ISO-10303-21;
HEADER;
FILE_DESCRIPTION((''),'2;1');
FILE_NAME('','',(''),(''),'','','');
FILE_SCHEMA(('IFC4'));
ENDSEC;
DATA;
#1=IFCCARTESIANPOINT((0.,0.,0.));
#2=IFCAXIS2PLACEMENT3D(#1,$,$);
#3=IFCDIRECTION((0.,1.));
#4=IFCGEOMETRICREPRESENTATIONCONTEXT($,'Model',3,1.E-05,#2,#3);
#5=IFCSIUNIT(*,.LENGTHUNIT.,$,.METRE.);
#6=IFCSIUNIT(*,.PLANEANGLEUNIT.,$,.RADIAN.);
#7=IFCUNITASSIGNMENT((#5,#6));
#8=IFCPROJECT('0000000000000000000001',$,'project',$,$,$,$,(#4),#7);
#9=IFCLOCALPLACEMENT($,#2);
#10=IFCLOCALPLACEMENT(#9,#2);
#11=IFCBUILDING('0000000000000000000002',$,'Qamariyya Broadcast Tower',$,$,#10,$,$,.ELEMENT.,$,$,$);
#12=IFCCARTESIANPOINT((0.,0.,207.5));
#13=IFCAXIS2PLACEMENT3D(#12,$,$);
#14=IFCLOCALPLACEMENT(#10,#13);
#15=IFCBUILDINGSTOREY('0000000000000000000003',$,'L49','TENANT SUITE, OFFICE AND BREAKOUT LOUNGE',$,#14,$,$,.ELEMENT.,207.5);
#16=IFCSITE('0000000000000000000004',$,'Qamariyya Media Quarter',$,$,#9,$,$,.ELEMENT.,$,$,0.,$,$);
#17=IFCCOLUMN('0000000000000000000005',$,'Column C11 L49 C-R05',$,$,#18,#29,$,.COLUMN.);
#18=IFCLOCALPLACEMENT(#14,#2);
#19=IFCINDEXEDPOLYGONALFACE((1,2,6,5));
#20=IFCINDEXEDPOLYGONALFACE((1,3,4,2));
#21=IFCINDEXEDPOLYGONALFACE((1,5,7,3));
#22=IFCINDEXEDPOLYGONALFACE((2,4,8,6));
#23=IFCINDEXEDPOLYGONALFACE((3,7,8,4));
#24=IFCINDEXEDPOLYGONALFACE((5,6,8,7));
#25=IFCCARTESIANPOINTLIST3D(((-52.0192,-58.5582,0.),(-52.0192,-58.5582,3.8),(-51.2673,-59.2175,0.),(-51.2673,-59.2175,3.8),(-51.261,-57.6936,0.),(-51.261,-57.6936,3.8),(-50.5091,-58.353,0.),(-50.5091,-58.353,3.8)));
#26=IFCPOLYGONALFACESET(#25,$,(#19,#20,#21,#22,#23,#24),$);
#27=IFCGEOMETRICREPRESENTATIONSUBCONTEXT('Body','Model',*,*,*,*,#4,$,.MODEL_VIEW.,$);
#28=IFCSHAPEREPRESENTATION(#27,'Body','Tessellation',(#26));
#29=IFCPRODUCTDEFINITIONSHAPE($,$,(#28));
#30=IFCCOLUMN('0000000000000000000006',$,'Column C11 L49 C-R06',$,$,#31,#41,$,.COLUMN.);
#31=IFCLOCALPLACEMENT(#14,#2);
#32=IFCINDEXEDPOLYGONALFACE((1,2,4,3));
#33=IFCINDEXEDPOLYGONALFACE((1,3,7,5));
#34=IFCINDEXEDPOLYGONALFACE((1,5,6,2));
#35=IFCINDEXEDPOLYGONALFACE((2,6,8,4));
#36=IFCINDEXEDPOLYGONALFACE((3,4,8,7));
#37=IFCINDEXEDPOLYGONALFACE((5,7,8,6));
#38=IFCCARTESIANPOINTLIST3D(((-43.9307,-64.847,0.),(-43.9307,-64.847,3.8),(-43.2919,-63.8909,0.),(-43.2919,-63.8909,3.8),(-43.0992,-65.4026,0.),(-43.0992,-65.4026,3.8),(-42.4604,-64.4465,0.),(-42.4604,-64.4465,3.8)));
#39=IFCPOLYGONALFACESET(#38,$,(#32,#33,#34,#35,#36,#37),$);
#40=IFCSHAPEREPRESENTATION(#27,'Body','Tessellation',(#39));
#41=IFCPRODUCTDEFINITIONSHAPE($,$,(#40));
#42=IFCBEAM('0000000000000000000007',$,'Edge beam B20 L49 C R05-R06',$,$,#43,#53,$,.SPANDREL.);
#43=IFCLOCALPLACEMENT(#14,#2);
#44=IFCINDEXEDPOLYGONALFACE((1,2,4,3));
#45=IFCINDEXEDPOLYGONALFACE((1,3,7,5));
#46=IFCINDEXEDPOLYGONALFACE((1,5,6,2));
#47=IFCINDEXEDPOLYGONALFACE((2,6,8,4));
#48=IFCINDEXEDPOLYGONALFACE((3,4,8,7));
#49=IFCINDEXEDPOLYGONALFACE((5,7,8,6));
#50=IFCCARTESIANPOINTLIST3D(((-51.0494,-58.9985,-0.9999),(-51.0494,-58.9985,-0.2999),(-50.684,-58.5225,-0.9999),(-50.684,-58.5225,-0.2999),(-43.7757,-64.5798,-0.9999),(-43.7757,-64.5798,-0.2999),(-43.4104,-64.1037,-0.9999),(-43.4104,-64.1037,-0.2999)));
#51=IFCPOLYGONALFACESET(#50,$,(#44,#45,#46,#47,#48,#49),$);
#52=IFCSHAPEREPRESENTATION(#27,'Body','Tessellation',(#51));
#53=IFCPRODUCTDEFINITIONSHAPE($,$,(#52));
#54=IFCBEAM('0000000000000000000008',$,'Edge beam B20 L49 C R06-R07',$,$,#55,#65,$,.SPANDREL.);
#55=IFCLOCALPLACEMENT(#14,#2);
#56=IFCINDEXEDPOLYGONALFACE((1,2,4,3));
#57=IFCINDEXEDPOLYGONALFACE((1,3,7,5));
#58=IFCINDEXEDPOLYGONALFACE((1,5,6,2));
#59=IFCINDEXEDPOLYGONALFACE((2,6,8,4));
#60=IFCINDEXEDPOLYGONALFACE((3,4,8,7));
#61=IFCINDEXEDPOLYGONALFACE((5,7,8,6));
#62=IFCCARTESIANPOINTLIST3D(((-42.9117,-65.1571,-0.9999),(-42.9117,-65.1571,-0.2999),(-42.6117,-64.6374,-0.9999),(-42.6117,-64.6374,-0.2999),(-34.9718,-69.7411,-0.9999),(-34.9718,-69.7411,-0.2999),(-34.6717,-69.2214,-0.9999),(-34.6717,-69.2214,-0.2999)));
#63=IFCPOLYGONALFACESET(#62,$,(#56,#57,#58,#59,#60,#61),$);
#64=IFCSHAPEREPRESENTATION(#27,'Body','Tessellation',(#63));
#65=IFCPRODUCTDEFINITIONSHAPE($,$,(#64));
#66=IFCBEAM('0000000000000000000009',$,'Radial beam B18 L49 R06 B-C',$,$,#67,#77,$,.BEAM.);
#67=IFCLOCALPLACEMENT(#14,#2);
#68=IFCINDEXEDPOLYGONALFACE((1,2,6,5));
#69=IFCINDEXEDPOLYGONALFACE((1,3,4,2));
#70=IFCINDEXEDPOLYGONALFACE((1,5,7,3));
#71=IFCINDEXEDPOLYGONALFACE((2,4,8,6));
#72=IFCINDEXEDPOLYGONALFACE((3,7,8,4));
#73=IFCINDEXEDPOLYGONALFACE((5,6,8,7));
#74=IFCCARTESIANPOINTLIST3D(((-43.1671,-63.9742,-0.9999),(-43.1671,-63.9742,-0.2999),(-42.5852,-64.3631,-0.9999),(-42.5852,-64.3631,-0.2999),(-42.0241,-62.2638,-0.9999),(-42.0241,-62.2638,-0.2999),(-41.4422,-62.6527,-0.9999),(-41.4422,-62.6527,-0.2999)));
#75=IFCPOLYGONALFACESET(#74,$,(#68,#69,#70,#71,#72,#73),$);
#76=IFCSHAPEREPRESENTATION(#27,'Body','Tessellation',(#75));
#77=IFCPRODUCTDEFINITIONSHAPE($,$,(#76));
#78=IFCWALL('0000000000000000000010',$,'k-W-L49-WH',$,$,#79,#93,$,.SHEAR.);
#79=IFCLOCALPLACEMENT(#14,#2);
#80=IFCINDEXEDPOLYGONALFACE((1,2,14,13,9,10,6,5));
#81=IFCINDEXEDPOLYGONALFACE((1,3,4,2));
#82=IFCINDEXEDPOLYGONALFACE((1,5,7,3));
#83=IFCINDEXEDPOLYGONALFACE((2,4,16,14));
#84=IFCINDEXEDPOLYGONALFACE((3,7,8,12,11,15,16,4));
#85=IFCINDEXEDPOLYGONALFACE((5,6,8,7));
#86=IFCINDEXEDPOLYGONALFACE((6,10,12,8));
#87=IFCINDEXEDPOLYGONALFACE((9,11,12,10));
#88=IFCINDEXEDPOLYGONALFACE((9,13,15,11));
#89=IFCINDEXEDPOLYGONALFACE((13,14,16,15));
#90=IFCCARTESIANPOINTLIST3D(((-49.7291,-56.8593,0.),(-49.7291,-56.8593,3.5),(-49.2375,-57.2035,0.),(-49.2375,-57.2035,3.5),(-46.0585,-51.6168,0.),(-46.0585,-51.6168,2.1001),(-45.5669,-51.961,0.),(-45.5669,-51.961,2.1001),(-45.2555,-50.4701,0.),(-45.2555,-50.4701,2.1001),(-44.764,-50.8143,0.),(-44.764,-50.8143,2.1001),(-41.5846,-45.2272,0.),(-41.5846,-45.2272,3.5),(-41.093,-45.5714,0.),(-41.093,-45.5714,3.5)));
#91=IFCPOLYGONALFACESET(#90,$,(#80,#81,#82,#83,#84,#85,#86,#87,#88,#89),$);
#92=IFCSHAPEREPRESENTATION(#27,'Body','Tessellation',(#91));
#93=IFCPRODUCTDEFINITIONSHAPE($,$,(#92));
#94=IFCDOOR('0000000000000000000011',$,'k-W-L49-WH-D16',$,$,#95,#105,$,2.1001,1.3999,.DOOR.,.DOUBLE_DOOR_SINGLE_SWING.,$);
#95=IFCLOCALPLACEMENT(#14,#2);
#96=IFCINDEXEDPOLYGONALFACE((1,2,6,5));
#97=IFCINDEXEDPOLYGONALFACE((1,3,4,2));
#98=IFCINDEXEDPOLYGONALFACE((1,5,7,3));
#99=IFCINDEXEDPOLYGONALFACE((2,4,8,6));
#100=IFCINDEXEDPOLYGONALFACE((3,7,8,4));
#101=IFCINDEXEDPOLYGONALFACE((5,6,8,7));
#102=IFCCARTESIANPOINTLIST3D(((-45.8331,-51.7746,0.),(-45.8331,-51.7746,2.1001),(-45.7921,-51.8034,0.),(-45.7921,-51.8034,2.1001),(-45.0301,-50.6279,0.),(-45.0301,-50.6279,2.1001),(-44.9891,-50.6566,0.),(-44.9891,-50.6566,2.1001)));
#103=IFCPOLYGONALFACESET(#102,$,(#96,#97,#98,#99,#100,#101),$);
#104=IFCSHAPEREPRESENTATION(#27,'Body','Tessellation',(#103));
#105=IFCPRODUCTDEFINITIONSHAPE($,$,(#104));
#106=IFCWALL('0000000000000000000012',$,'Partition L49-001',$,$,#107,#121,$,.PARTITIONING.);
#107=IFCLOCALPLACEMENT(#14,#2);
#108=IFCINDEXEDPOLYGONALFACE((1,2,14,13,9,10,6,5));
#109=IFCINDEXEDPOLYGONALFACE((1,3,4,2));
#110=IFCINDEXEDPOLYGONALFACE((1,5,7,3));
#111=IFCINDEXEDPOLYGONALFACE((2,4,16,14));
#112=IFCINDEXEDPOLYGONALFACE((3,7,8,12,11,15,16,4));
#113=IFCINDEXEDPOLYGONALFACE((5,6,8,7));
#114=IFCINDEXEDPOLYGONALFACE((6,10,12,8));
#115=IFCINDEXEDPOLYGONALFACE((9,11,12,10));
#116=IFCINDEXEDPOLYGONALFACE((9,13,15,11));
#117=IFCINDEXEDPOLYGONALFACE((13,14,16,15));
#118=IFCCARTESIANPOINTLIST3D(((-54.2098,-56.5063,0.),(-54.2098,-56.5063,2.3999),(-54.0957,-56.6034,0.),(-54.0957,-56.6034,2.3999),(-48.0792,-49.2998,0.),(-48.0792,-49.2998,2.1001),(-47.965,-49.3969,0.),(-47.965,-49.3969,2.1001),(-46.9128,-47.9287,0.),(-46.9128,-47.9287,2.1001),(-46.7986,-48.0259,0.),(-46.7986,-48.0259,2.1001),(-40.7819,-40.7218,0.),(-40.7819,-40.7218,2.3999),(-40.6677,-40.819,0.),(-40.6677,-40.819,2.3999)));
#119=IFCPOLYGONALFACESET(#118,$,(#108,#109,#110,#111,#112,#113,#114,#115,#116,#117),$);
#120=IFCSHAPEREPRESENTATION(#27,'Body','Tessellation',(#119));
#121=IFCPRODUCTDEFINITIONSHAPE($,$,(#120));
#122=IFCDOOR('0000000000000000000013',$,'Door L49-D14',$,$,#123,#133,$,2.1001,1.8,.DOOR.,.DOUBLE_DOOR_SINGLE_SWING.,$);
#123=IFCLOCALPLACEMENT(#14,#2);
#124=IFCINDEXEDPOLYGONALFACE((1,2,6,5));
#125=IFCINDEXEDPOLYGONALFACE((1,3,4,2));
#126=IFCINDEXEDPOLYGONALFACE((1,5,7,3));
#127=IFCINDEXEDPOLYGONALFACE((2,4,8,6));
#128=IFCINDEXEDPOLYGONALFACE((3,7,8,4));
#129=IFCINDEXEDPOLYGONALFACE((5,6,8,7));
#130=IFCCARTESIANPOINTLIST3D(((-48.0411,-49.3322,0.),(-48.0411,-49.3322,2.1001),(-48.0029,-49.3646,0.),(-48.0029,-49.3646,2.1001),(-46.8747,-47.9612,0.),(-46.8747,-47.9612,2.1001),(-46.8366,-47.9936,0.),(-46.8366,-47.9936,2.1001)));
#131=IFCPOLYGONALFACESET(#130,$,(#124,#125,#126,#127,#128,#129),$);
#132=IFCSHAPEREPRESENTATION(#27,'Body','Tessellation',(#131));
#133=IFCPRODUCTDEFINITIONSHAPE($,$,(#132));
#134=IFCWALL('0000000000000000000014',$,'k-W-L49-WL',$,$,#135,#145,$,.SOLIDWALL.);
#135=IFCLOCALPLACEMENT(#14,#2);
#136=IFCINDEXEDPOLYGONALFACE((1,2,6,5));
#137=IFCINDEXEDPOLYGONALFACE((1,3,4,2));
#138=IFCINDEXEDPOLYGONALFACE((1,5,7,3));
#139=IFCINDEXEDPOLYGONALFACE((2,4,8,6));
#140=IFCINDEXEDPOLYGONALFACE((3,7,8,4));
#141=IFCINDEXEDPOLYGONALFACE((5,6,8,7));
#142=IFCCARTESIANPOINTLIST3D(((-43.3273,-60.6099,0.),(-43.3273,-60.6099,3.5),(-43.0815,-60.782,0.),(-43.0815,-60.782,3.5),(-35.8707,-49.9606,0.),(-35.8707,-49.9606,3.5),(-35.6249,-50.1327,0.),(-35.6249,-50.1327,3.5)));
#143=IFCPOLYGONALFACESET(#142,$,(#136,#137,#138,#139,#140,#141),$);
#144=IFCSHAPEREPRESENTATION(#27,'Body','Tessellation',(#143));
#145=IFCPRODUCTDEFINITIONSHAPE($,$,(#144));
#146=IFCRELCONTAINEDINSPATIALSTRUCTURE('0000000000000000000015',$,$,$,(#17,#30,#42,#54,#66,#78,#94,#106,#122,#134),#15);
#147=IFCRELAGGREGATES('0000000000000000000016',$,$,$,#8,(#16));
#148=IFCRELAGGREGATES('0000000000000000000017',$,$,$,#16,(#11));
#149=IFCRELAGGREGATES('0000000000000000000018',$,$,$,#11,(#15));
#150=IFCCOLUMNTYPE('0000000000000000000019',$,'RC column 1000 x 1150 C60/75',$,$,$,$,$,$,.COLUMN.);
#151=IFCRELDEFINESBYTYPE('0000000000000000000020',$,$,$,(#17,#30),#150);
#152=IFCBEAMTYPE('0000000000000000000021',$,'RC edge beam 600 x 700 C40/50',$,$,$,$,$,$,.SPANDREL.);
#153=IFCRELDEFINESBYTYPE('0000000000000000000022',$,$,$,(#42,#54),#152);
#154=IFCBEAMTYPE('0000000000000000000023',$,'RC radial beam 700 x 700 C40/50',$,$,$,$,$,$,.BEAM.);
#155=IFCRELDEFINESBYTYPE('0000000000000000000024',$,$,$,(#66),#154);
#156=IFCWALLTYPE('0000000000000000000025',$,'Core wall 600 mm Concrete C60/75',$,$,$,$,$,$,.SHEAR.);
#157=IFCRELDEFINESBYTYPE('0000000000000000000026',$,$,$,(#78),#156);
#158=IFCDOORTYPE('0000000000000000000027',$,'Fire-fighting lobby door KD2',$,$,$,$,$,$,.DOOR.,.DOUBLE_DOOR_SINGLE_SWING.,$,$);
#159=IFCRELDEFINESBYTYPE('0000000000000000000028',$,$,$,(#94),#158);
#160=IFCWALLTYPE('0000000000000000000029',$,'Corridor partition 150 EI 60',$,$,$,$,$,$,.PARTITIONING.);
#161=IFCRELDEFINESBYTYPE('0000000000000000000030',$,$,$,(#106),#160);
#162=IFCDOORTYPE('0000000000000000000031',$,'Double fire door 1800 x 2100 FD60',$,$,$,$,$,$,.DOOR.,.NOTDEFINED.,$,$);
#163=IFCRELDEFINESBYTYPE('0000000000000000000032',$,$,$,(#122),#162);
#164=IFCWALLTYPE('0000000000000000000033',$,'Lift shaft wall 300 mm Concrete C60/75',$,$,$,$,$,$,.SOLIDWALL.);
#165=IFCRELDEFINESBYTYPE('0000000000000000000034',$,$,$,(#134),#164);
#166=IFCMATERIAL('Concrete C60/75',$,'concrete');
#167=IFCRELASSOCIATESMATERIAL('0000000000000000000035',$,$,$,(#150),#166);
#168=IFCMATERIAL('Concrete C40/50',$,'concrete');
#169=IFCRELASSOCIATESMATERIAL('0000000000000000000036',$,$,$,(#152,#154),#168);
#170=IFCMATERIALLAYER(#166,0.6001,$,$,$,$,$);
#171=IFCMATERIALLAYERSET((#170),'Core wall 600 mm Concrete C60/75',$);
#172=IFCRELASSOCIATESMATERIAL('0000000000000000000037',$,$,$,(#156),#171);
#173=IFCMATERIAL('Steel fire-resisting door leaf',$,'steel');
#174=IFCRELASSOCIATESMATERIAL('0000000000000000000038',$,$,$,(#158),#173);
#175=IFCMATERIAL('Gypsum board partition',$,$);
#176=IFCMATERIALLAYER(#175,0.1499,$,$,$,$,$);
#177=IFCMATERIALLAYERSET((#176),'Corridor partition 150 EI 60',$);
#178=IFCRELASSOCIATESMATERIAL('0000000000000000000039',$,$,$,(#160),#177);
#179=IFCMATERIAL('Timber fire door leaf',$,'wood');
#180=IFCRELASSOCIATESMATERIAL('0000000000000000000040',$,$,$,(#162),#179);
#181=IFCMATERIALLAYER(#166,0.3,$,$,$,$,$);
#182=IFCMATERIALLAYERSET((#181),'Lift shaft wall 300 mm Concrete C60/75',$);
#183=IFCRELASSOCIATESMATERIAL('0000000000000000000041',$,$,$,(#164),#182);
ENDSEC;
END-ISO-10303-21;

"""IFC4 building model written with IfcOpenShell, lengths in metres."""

from ifc_helpers import new_model, si_unit, direction, frame, frame_2d, origin, origin_2d, place, context, subcontext, project, spatial, rectangle, extrude, material, layer, layer_set, material_profile, profile_set, type_object, element, fill, save


model = new_model("IFC4")

# Units and contexts
model_context = context("Model", 3, precision=1e-05, world=origin(), true_north=direction((0.0, 1.0)))
body_context = subcontext(model_context, "Body", "Model", "MODEL_VIEW")
ifc_project = project(units=[si_unit("LENGTHUNIT", "METRE"), si_unit("PLANEANGLEUNIT", "RADIAN")], contexts=[model_context])

# Site, building, storey
site_placement = place(None, origin())
site = spatial("IfcSite", under=ifc_project, at=site_placement, Name="Qamariyya Media Quarter", CompositionType="ELEMENT", RefElevation=0.0)
building_placement = place(site_placement, origin())
building = spatial("IfcBuilding", under=site, at=building_placement, Name="Qamariyya Broadcast Tower", CompositionType="ELEMENT")
storey_placement = place(building_placement, frame((0.0, 0.0, 207.5)))
storey = spatial("IfcBuildingStorey", under=building, at=storey_placement, Name="L49", Description="TENANT SUITE, OFFICE AND BREAKOUT LOUNGE", CompositionType="ELEMENT", Elevation=207.5)

# Columns
ifc_material_1 = material(Name="Concrete C60/75", Category="concrete")
ifc_material_profile_1 = material_profile(ifc_material_1, rectangle(XDim=1.0, YDim=1.1499, at=origin_2d()))
ifc_profile_set_1 = profile_set([ifc_material_profile_1], Name="Concrete C60/75")
column_type = type_object("IfcColumnType", Name="RC column 1000 x 1150 C60/75", PredefinedType="COLUMN", material=ifc_profile_set_1)
for number, where, z_axis, x_axis, name in (
    (1, (-51.2642, -58.4556, 0.0), (0.0, 0.0, 1.0), (0.75184, -0.659346, 0.0), "Column C11 L49 C-R05"),
    (2, (-43.1956, -64.6467, 0.0), (0.0, 0.0, 1.0), (0.83147, -0.55557, 0.0), "Column C11 L49 C-R06"),
):
    element("IfcColumn", number, at=place(storey_placement, frame(where, z_axis=z_axis, x_axis=x_axis)), inside=storey, type_object=column_type, Name=name, PredefinedType="COLUMN", context=body_context, shape_type="SweptSolid", body=[
        extrude(rectangle(XDim=1.0, YDim=1.1499, at=origin_2d()), origin(), (0.0, 0.0, 1.0), 3.8),
    ])

# Beams
ifc_material_2 = material(Name="Concrete C40/50", Category="concrete")
ifc_material_profile_2 = material_profile(ifc_material_2, rectangle(XDim=0.6001, YDim=0.7, at=origin_2d()))
ifc_profile_set_2 = profile_set([ifc_material_profile_2], Name="Concrete C40/50")
beam_type_1 = type_object("IfcBeamType", Name="RC edge beam 600 x 700 C40/50", PredefinedType="SPANDREL", material=ifc_profile_set_2)
for number, where, z_axis, x_axis, name in (
    (3, (-50.8667, -58.7605, -0.6499), (0.793353, -0.608762, 0.0), (0.608762, 0.793353, 0.0), "Edge beam B20 L49 C R05-R06"),
    (4, (-42.7617, -64.8972, -0.6499), (0.866032, -0.499988, 0.0), (0.499988, 0.866032, 0.0), "Edge beam B20 L49 C R06-R07"),
):
    element("IfcBeam", number, at=place(storey_placement, frame(where, z_axis=z_axis, x_axis=x_axis)), inside=storey, type_object=beam_type_1, Name=name, PredefinedType="SPANDREL", context=body_context, shape_type="SweptSolid", body=[
        extrude(rectangle(XDim=0.6001, YDim=0.7, at=origin_2d()), origin(), (0.0, 0.0, 1.0), 9.1682),
    ])
ifc_material_profile_3 = material_profile(ifc_material_2, rectangle(XDim=0.7, YDim=0.7, at=origin_2d()))
ifc_profile_set_3 = profile_set([ifc_material_profile_3], Name="Concrete C40/50")
beam_type_2 = type_object("IfcBeamType", Name="RC radial beam 700 x 700 C40/50", PredefinedType="BEAM", material=ifc_profile_set_3)
beam_placement = place(storey_placement, frame((-41.7332, -62.4583, -0.6499), z_axis=(-0.555631, -0.831429, 0.0), x_axis=(0.831429, -0.555631, 0.0)))
element("IfcBeam", 5, at=beam_placement, inside=storey, type_object=beam_type_2, Name="Radial beam B18 L49 R06 B-C", PredefinedType="BEAM", context=body_context, shape_type="SweptSolid", body=[
    extrude(rectangle(XDim=0.7, YDim=0.7, at=origin_2d()), origin(), (0.0, 0.0, 1.0), 2.0571),
])

# Walls, openings, doors
ifc_layer_1 = layer(ifc_material_1, 0.6001)
ifc_layer_set_1 = layer_set([ifc_layer_1], Name="Core wall 600 mm Concrete C60/75")
wall_type_1 = type_object("IfcWallType", Name="Core wall 600 mm Concrete C60/75", PredefinedType="SHEAR", material=ifc_layer_set_1)
wall_1_placement = place(storey_placement, frame((-49.4834, -57.0315, 0.0), z_axis=(0.0, 0.0, 1.0), x_axis=(0.57356, 0.819163, 0.0)))
wall_1 = element("IfcWall", 6, at=wall_1_placement, inside=storey, type_object=wall_type_1, Name="k-W-L49-WH", PredefinedType="SHEAR", context=body_context, shape_type="SweptSolid", body=[
    extrude(rectangle(XDim=14.2, YDim=0.6001, at=frame_2d((7.1001, 0.0))), origin(), (0.0, 0.0, 1.0), 3.5),
])
opening_1_placement = place(wall_1_placement, frame((6.3999, 0.0, 0.0)))
opening_1 = element("IfcOpeningElement", 7, at=opening_1_placement, cuts=wall_1, PredefinedType="OPENING", context=body_context, shape_type="SweptSolid", body=[
    extrude(rectangle(XDim=1.3999, YDim=2.1001, at=frame_2d((0.7, 1.05))), frame((0.0, 0.3101, 0.0), z_axis=(0.0, -1.0, 0.0), x_axis=(1.0, 0.0, 0.0)), (0.0, 0.0, 1.0), 0.6201),
])
ifc_material_3 = material(Name="Steel fire-resisting door leaf", Category="steel")
door_type_1 = type_object("IfcDoorType", Name="Fire-fighting lobby door KD2", OperationType="DOUBLE_DOOR_SINGLE_SWING", PredefinedType="DOOR", material=ifc_material_3)
door_1_placement = place(opening_1_placement, origin())
door_1 = element("IfcDoor", 8, at=door_1_placement, inside=storey, type_object=door_type_1, Name="k-W-L49-WH-D16", OperationType="DOUBLE_DOOR_SINGLE_SWING", OverallHeight=2.1001, OverallWidth=1.3999, PredefinedType="DOOR", context=body_context, shape_type="SweptSolid", body=[
    extrude(rectangle(XDim=1.3999, YDim=2.1001, at=frame_2d((0.7, 1.05))), frame((0.0, 0.0249, 0.0), z_axis=(0.0, -1.0, 0.0), x_axis=(1.0, 0.0, 0.0)), (0.0, 0.0, 1.0), 0.05),
])
fill(opening_1, door_1)
ifc_material_4 = material(Name="Gypsum board partition")
ifc_layer_2 = layer(ifc_material_4, 0.1499)
ifc_layer_set_2 = layer_set([ifc_layer_2], Name="Corridor partition 150 EI 60")
wall_type_2 = type_object("IfcWallType", Name="Corridor partition 150 EI 60", PredefinedType="PARTITIONING", material=ifc_layer_set_2)
wall_2_placement = place(storey_placement, frame((-54.1528, -56.5549, 0.0), z_axis=(0.0, 0.0, 1.0), x_axis=(0.647963, 0.761672, 0.0)))
wall_2 = element("IfcWall", 9, at=wall_2_placement, inside=storey, type_object=wall_type_2, Name="Partition L49-001", PredefinedType="PARTITIONING", context=body_context, shape_type="SweptSolid", body=[
    extrude(rectangle(XDim=20.7234, YDim=0.1499, at=frame_2d((10.3618, 0.0))), origin(), (0.0, 0.0, 1.0), 2.3999),
])
opening_2_placement = place(wall_2_placement, frame((9.4617, 0.0, 0.0)))
opening_2 = element("IfcOpeningElement", 10, at=opening_2_placement, cuts=wall_2, PredefinedType="OPENING", context=body_context, shape_type="SweptSolid", body=[
    extrude(rectangle(XDim=1.8, YDim=2.1001, at=frame_2d((0.8999, 1.05))), frame((0.0, 0.085, 0.0), z_axis=(0.0, -1.0, 0.0), x_axis=(1.0, 0.0, 0.0)), (0.0, 0.0, 1.0), 0.1699),
])
ifc_material_5 = material(Name="Timber fire door leaf", Category="wood")
door_type_2 = type_object("IfcDoorType", Name="Double fire door 1800 x 2100 FD60", OperationType="NOTDEFINED", PredefinedType="DOOR", material=ifc_material_5)
door_2_placement = place(opening_2_placement, origin())
door_2 = element("IfcDoor", 11, at=door_2_placement, inside=storey, type_object=door_type_2, Name="Door L49-D14", OperationType="DOUBLE_DOOR_SINGLE_SWING", OverallHeight=2.1001, OverallWidth=1.8, PredefinedType="DOOR", context=body_context, shape_type="SweptSolid", body=[
    extrude(rectangle(XDim=1.8, YDim=2.1001, at=frame_2d((0.8999, 1.05))), frame((0.0, 0.0249, 0.0), z_axis=(0.0, -1.0, 0.0), x_axis=(1.0, 0.0, 0.0)), (0.0, 0.0, 1.0), 0.05),
])
fill(opening_2, door_2)

# Wall
ifc_layer_3 = layer(ifc_material_1, 0.3)
ifc_layer_set_3 = layer_set([ifc_layer_3], Name="Lift shaft wall 300 mm Concrete C60/75")
wall_type_3 = type_object("IfcWallType", Name="Lift shaft wall 300 mm Concrete C60/75", PredefinedType="SOLIDWALL", material=ifc_layer_set_3)
wall_3_placement = place(storey_placement, frame((-43.2043, -60.6958, 0.0), z_axis=(0.0, 0.0, 1.0), x_axis=(0.573572, 0.819155, 0.0)))
element("IfcWall", 12, at=wall_3_placement, inside=storey, type_object=wall_type_3, Name="k-W-L49-WL", PredefinedType="SOLIDWALL", context=body_context, shape_type="SweptSolid", body=[
    extrude(rectangle(XDim=13.0002, YDim=0.3, at=frame_2d((6.5, 0.0))), origin(), (0.0, 0.0, 1.0), 3.5),
])

save(model, "model.ifc")
